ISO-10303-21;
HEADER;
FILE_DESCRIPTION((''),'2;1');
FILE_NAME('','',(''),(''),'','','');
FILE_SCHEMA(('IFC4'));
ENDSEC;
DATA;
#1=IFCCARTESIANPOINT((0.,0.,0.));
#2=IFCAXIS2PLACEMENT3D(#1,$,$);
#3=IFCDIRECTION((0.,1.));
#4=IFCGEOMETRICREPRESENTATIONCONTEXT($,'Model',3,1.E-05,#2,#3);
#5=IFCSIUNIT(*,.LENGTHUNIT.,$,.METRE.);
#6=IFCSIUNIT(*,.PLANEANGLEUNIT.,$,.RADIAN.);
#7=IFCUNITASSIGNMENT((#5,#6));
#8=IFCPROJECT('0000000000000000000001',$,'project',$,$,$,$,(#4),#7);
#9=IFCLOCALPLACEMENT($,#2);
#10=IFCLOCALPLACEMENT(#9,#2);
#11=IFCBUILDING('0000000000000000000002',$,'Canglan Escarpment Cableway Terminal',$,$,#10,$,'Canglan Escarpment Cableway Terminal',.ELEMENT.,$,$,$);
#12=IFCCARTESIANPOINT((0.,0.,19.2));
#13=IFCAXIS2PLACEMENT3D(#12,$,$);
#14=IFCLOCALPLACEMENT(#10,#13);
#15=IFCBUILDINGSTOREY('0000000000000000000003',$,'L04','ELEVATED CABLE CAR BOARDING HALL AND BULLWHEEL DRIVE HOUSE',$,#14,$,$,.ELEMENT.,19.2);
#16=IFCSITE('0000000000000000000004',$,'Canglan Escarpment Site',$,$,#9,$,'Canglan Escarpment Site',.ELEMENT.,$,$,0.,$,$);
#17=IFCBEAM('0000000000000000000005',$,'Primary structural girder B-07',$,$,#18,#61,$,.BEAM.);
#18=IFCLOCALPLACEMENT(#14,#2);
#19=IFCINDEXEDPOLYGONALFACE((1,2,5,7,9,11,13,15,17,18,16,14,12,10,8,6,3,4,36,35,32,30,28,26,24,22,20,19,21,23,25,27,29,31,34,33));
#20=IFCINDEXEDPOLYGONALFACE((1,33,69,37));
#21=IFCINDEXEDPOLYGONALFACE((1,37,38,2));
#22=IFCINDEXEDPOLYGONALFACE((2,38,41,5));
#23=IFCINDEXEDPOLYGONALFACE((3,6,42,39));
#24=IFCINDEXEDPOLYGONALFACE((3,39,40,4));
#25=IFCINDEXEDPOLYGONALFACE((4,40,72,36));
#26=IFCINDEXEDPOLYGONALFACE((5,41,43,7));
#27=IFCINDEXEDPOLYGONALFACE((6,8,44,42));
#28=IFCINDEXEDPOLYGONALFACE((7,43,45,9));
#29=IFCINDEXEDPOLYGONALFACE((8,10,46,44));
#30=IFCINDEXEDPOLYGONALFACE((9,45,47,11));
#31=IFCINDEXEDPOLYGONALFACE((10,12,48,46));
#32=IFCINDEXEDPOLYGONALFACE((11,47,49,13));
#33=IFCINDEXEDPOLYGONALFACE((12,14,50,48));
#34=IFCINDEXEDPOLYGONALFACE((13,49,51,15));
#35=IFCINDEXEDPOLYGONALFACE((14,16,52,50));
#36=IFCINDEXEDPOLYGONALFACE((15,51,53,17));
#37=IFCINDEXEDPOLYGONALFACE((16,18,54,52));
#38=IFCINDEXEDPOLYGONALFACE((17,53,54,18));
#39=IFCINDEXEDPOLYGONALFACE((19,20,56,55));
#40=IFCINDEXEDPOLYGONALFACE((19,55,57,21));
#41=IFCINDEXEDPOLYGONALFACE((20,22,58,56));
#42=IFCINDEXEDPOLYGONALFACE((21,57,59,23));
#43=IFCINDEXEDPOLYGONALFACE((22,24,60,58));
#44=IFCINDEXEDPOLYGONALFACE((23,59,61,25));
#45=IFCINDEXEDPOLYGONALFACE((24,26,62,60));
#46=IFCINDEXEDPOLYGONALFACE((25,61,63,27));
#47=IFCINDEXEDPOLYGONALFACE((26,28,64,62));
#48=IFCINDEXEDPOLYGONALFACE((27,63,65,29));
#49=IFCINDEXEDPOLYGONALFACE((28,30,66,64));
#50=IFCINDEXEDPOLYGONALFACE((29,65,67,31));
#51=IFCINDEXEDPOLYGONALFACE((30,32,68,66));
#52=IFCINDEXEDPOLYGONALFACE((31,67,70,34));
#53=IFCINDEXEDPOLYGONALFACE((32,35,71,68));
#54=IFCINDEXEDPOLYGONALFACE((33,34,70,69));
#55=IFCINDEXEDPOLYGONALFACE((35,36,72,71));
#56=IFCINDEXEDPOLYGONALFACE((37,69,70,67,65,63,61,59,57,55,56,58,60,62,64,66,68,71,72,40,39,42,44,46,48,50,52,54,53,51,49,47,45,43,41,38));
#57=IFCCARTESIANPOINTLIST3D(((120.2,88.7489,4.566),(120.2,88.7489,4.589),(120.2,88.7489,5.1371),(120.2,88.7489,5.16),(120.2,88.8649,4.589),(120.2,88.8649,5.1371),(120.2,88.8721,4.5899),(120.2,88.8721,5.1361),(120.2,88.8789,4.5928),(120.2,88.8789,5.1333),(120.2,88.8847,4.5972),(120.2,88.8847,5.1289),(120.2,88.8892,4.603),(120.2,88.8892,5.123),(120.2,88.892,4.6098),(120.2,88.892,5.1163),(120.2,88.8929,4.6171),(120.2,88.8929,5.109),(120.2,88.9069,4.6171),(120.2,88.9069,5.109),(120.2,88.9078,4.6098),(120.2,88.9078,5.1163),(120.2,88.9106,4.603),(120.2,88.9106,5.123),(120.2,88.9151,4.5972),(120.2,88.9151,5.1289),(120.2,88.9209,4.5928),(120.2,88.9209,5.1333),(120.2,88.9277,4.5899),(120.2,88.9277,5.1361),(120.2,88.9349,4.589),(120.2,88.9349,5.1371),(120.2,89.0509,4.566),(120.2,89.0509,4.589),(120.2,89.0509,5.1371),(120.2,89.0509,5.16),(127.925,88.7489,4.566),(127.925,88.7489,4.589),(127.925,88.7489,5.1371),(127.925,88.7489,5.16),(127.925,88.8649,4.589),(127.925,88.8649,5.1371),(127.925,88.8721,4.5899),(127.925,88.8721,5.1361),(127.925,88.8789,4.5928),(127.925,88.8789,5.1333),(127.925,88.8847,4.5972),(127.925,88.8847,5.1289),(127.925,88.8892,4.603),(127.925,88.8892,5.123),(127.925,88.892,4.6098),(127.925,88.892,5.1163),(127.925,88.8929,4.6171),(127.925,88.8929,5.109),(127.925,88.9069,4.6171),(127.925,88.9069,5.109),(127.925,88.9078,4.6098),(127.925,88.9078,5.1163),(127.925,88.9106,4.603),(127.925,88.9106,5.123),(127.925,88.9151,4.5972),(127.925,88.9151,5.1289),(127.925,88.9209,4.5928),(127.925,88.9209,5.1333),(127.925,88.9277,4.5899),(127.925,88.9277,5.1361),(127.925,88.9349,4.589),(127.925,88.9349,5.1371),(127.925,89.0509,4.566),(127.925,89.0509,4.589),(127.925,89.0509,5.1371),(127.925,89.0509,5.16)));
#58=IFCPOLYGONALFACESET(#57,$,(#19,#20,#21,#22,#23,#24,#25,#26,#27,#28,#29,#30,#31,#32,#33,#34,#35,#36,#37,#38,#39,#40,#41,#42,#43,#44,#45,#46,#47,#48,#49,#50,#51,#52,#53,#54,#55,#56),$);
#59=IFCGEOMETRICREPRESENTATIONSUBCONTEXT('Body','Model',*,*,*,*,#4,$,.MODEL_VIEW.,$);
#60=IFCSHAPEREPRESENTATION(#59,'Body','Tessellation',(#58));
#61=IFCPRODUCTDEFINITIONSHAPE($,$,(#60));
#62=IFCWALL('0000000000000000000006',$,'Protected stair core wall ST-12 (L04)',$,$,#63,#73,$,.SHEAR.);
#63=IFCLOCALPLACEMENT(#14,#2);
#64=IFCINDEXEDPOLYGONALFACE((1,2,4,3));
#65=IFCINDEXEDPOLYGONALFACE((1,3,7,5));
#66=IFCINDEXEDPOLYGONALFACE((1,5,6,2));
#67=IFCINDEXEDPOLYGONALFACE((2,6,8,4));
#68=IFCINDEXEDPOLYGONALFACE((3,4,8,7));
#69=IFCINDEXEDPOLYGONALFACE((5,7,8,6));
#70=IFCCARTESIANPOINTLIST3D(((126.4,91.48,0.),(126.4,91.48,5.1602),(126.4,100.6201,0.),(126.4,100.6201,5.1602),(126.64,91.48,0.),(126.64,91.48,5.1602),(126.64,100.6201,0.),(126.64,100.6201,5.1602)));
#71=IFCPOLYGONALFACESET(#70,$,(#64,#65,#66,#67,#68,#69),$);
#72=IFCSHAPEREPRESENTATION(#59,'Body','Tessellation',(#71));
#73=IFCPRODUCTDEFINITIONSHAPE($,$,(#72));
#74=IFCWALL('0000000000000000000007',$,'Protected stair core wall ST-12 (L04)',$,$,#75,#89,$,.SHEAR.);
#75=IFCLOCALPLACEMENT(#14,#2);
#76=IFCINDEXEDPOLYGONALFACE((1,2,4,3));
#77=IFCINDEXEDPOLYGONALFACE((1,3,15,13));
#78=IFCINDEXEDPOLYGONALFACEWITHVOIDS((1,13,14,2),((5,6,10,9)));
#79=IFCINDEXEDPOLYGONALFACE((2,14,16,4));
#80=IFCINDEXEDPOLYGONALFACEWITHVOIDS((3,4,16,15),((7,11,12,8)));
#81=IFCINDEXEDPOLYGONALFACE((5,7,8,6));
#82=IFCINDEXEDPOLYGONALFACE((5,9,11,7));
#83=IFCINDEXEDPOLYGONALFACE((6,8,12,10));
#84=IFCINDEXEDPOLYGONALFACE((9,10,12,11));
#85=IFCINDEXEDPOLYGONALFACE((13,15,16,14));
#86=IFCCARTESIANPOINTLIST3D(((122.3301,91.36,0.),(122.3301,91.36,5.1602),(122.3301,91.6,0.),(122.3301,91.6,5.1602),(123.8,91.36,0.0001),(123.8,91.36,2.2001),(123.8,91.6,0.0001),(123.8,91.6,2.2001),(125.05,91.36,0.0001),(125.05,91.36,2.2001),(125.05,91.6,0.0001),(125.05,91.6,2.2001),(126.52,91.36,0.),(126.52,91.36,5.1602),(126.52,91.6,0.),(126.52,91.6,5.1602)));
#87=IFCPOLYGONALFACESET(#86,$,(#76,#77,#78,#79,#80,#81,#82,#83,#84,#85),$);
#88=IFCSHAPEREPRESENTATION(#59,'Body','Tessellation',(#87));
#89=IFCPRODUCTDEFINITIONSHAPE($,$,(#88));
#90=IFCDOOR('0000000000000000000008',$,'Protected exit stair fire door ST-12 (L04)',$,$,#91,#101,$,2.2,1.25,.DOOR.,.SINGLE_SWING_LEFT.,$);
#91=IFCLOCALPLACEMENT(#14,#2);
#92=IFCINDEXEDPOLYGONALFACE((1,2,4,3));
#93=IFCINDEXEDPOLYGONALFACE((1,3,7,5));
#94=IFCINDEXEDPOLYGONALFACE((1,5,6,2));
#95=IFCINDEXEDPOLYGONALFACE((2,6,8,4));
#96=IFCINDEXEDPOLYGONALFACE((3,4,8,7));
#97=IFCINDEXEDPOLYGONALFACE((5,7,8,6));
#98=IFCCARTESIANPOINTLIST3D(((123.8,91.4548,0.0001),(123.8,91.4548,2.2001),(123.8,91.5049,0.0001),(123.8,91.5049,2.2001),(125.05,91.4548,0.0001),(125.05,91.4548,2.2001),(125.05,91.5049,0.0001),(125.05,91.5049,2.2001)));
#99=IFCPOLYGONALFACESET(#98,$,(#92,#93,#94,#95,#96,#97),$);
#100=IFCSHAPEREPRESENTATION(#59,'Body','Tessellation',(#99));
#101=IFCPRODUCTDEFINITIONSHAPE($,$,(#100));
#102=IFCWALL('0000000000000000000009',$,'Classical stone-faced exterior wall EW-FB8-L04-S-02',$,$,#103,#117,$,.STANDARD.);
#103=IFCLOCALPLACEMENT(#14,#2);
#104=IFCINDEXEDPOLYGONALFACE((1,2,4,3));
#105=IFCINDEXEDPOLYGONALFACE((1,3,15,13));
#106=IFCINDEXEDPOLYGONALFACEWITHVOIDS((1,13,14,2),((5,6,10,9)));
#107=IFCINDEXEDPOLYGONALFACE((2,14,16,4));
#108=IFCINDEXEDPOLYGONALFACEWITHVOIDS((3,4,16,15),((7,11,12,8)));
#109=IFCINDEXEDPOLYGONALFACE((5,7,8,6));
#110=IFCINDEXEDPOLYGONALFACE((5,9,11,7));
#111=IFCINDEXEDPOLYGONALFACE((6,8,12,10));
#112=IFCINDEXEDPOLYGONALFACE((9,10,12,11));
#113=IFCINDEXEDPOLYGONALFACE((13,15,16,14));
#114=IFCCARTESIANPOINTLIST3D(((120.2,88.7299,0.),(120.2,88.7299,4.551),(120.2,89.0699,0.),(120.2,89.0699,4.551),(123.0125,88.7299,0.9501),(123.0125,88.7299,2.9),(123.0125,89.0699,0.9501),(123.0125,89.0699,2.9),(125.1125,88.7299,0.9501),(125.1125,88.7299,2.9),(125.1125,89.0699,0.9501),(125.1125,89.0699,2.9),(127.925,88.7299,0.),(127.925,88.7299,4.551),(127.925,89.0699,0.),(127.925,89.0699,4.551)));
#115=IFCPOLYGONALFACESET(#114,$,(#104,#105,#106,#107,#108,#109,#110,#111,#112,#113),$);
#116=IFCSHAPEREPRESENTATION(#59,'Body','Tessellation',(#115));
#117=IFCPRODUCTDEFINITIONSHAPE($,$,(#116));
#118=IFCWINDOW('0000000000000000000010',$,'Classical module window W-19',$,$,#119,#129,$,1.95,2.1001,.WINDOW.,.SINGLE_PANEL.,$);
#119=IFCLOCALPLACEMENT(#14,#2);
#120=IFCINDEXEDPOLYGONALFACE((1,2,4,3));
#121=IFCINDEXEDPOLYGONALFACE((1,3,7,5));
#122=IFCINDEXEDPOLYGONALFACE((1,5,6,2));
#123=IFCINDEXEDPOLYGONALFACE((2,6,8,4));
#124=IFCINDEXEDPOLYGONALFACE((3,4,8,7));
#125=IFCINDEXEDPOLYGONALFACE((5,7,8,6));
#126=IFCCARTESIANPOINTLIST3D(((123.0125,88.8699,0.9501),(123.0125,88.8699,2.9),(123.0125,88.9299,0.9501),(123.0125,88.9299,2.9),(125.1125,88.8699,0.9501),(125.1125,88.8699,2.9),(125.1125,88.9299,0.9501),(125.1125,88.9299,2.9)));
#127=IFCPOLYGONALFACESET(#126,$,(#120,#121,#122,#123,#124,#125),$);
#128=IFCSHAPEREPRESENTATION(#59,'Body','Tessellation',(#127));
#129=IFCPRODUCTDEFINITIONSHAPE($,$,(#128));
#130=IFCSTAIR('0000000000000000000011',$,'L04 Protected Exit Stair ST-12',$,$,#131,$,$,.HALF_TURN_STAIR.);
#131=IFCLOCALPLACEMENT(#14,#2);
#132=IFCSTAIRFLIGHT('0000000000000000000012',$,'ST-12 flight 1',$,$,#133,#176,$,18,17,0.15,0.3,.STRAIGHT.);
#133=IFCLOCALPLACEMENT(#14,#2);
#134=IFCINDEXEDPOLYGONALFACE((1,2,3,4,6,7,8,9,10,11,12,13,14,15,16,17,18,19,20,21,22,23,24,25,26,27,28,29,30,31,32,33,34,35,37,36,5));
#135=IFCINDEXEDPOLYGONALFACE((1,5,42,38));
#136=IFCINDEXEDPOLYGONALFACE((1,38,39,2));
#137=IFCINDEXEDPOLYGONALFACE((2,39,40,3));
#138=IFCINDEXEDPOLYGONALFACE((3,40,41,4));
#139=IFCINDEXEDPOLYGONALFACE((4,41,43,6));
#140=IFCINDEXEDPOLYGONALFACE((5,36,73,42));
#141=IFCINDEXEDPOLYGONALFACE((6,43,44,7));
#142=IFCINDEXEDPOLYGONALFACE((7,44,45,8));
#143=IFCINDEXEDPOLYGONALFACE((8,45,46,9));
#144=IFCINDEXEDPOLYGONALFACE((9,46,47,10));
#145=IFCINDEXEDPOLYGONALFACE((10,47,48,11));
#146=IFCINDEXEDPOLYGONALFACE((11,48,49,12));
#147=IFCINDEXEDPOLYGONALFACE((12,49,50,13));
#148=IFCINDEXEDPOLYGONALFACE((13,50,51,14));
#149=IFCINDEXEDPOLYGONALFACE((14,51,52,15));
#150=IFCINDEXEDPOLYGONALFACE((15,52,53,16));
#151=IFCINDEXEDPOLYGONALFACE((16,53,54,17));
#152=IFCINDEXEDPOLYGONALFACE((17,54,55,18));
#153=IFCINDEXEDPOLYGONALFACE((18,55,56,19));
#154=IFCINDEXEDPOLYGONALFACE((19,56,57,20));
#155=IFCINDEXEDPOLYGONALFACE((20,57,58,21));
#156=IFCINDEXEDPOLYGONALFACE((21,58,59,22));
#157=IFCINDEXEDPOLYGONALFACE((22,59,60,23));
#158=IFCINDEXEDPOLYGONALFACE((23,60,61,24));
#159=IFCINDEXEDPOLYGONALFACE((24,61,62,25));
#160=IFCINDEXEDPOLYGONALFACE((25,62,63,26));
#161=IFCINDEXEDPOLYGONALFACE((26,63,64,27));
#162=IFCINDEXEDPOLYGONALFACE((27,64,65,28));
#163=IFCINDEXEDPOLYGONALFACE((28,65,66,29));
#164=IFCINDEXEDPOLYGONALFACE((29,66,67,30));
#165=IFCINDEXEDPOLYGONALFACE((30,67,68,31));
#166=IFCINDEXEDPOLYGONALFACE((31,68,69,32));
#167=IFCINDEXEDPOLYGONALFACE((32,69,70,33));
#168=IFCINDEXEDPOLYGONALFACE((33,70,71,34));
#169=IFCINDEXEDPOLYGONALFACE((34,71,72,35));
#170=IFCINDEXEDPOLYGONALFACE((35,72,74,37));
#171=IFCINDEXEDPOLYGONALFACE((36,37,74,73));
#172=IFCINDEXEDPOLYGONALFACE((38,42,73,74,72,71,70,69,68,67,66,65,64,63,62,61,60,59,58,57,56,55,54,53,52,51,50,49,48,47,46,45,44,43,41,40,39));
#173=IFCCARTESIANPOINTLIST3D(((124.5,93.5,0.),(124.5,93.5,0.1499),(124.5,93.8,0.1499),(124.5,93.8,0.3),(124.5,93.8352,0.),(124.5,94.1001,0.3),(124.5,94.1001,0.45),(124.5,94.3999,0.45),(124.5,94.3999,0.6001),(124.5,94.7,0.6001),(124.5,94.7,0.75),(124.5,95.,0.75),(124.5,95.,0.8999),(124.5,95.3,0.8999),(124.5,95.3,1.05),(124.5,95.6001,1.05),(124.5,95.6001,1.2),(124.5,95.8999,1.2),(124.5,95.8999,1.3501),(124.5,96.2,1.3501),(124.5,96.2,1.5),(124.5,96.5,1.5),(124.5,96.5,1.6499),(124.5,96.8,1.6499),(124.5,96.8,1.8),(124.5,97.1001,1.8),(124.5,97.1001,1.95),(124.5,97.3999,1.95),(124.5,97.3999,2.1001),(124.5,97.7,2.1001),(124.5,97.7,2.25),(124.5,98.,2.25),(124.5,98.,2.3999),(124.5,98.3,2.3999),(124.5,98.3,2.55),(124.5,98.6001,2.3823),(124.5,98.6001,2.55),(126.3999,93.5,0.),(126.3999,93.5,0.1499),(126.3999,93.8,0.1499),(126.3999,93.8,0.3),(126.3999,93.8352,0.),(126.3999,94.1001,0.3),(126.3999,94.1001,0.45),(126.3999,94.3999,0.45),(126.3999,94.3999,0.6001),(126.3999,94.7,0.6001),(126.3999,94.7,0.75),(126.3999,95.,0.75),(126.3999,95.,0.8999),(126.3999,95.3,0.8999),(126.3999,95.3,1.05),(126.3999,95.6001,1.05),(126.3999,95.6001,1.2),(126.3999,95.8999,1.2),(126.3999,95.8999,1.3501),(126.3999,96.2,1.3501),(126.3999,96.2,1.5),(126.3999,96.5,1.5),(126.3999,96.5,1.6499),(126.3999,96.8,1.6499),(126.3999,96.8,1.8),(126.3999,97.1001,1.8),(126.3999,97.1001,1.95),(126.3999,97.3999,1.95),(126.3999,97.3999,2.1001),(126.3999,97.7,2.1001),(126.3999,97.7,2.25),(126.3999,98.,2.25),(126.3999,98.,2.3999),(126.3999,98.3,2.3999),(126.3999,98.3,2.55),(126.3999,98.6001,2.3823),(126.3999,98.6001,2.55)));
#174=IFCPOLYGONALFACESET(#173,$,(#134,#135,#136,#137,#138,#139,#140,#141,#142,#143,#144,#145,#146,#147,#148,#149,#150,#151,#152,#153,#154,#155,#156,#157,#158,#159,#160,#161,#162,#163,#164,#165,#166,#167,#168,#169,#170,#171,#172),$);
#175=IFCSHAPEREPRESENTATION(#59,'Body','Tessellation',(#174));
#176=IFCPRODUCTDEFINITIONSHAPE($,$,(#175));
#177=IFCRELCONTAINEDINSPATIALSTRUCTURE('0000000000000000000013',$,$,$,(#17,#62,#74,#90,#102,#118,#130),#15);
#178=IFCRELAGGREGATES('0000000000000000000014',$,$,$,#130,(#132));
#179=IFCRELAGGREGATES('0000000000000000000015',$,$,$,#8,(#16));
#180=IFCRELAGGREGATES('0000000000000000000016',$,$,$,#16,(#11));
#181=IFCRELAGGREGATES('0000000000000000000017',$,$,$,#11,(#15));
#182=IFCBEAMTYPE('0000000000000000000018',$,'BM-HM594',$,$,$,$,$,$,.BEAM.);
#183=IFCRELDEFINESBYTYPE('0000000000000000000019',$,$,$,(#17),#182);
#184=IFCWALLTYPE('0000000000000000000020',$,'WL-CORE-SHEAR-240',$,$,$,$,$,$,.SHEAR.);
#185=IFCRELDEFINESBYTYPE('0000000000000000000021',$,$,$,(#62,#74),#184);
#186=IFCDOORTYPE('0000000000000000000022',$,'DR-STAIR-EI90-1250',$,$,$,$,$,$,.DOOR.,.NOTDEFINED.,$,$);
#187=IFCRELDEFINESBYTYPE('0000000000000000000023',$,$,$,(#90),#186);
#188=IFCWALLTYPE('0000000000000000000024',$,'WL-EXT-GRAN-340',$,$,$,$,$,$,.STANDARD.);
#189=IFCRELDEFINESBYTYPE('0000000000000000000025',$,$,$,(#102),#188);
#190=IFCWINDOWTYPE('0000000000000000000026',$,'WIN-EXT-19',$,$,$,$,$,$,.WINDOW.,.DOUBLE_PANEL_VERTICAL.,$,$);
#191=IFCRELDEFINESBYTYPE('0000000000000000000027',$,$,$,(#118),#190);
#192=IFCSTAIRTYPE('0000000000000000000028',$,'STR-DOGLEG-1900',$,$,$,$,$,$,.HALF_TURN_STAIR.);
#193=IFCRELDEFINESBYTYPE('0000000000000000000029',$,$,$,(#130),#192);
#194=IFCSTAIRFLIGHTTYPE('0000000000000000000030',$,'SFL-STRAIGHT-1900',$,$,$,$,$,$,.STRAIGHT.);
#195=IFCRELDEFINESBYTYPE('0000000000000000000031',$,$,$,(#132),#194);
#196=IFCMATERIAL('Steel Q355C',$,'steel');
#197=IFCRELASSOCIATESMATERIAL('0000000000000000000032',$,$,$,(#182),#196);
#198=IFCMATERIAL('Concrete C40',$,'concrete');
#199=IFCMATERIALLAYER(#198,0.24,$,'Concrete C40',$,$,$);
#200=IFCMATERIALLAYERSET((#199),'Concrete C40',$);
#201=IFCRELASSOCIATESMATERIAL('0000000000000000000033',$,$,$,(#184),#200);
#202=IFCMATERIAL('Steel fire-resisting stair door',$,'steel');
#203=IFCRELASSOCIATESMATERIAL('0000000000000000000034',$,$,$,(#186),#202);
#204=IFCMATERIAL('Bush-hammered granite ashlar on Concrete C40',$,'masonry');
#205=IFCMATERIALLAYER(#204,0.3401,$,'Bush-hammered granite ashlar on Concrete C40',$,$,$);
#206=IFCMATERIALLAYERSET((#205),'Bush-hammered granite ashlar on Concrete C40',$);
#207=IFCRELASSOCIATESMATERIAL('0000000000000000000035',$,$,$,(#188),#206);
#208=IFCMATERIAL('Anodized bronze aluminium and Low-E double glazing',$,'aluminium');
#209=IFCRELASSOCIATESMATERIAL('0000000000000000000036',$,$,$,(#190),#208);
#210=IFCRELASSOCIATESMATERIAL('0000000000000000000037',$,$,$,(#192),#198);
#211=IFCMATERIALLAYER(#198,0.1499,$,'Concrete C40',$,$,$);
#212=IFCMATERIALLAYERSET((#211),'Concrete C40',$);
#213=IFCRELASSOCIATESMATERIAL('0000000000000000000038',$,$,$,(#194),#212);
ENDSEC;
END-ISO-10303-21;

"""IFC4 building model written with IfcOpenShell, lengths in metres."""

from ifc_helpers import new_model, si_unit, direction, frame, frame_2d, origin, origin_2d, place, context, subcontext, project, spatial, polyline, rectangle, i_section, outline, extrude, material, layer, layer_set, material_profile, profile_set, type_object, element, fill, aggregate, save


model = new_model("IFC4")

# Units and contexts
model_context = context("Model", 3, precision=1e-05, world=origin(), true_north=direction((0.0, 1.0)))
body_context = subcontext(model_context, "Body", "Model", "MODEL_VIEW")
ifc_project = project(units=[si_unit("LENGTHUNIT", "METRE"), si_unit("PLANEANGLEUNIT", "RADIAN")], contexts=[model_context])

# Site, building, storey
site_placement = place(None, origin())
site = spatial("IfcSite", under=ifc_project, at=site_placement, Name="Canglan Escarpment Site", LongName="Canglan Escarpment Site", CompositionType="ELEMENT", RefElevation=0.0)
building_placement = place(site_placement, origin())
building = spatial("IfcBuilding", under=site, at=building_placement, Name="Canglan Escarpment Cableway Terminal", LongName="Canglan Escarpment Cableway Terminal", CompositionType="ELEMENT")
storey_placement = place(building_placement, frame((0.0, 0.0, 19.2)))
storey = spatial("IfcBuildingStorey", under=building, at=storey_placement, Name="L04", Description="ELEVATED CABLE CAR BOARDING HALL AND BULLWHEEL DRIVE HOUSE", CompositionType="ELEMENT", Elevation=19.2)

# Shared definitions
ifc_material_1 = material(Name="Concrete C40", Category="concrete")

# Beam
ifc_material_2 = material(Name="Steel Q355C", Category="steel")
ifc_material_profile_1 = material_profile(ifc_material_2, i_section(OverallWidth=0.302, OverallDepth=0.594, WebThickness=0.0139, FlangeThickness=0.0229, FilletRadius=0.0281, at=origin_2d()), Name="HM 594x302x14x23")
ifc_profile_set_1 = profile_set([ifc_material_profile_1], Name="Steel Q355C")
beam_type_1 = type_object("IfcBeamType", Name="BM-HM594", PredefinedType="BEAM", material=ifc_profile_set_1)
beam_1_placement = place(storey_placement, frame((120.2, 88.8999, 4.863), z_axis=(1.0, 0.0, 0.0), x_axis=(0.0, 1.0, 0.0)))
element("IfcBeam", 1, at=beam_1_placement, inside=storey, type_object=beam_type_1, Name="Primary structural girder B-07", PredefinedType="BEAM", context=body_context, shape_type="SweptSolid", body=[
    extrude(i_section(OverallWidth=0.302, OverallDepth=0.594, WebThickness=0.0139, FlangeThickness=0.0229, FilletRadius=0.0281, at=origin_2d()), origin(), (0.0, 0.0, 1.0), 7.7251),
])

# Wall
ifc_layer_1 = layer(ifc_material_1, 0.24, Name="Concrete C40")
ifc_layer_set_1 = layer_set([ifc_layer_1], Name="Concrete C40")
wall_type_1 = type_object("IfcWallType", Name="WL-CORE-SHEAR-240", PredefinedType="SHEAR", material=ifc_layer_set_1)
wall_1_placement = place(storey_placement, frame((126.52, 91.48, 0.0), z_axis=(0.0, 0.0, 1.0), x_axis=(0.0, 1.0, 0.0)))
element("IfcWall", 2, at=wall_1_placement, inside=storey, type_object=wall_type_1, Name="Protected stair core wall ST-12 (L04)", PredefinedType="SHEAR", context=body_context, shape_type="SweptSolid", body=[
    extrude(rectangle(XDim=9.1401, YDim=0.24, at=frame_2d((4.5701, 0.0))), origin(), (0.0, 0.0, 1.0), 5.1602),
])

# Wall, opening, door
wall_2_placement = place(storey_placement, frame((122.3301, 91.48, 0.0), z_axis=(0.0, 0.0, 1.0), x_axis=(1.0, 0.0, 0.0)))
wall_2 = element("IfcWall", 3, at=wall_2_placement, inside=storey, type_object=wall_type_1, Name="Protected stair core wall ST-12 (L04)", PredefinedType="SHEAR", context=body_context, shape_type="SweptSolid", body=[
    extrude(rectangle(XDim=4.1899, YDim=0.24, at=frame_2d((2.095, 0.0))), origin(), (0.0, 0.0, 1.0), 5.1602),
])
opening_1_placement = place(wall_2_placement, frame((1.47, 0.0, 0.0)))
opening_1 = element("IfcOpeningElement", 4, at=opening_1_placement, cuts=wall_2, PredefinedType="OPENING", context=body_context, shape_type="SweptSolid", body=[
    extrude(rectangle(XDim=1.25, YDim=2.2, at=frame_2d((0.625, 1.1001))), frame((0.0, 0.1299, 0.0), z_axis=(0.0, -1.0, 0.0), x_axis=(1.0, 0.0, 0.0)), (0.0, 0.0, 1.0), 0.26),
])
ifc_material_3 = material(Name="Steel fire-resisting stair door", Category="steel")
door_type = type_object("IfcDoorType", Name="DR-STAIR-EI90-1250", OperationType="NOTDEFINED", PredefinedType="DOOR", material=ifc_material_3)
door_placement = place(opening_1_placement, origin())
door = element("IfcDoor", 5, at=door_placement, inside=storey, type_object=door_type, Name="Protected exit stair fire door ST-12 (L04)", OperationType="SINGLE_SWING_LEFT", OverallHeight=2.2, OverallWidth=1.25, PredefinedType="DOOR", context=body_context, shape_type="SweptSolid", body=[
    extrude(rectangle(XDim=1.25, YDim=2.2, at=frame_2d((0.625, 1.1001))), frame((0.0, 0.0249, 0.0), z_axis=(0.0, -1.0, 0.0), x_axis=(1.0, 0.0, 0.0)), (0.0, 0.0, 1.0), 0.05),
])
fill(opening_1, door)

# Wall, opening, window
ifc_material_4 = material(Name="Bush-hammered granite ashlar on Concrete C40", Category="masonry")
ifc_layer_2 = layer(ifc_material_4, 0.3401, Name="Bush-hammered granite ashlar on Concrete C40")
ifc_layer_set_2 = layer_set([ifc_layer_2], Name="Bush-hammered granite ashlar on Concrete C40")
wall_type_2 = type_object("IfcWallType", Name="WL-EXT-GRAN-340", PredefinedType="STANDARD", material=ifc_layer_set_2)
wall_3_placement = place(storey_placement, frame((120.2, 88.8999, 0.0), z_axis=(0.0, 0.0, 1.0), x_axis=(1.0, 0.0, 0.0)))
wall_3 = element("IfcWall", 6, at=wall_3_placement, inside=storey, type_object=wall_type_2, Name="Classical stone-faced exterior wall EW-FB8-L04-S-02", PredefinedType="STANDARD", context=body_context, shape_type="SweptSolid", body=[
    extrude(rectangle(XDim=7.7251, YDim=0.3401, at=frame_2d((3.8625, 0.0))), origin(), (0.0, 0.0, 1.0), 4.551),
])
opening_2_placement = place(wall_3_placement, frame((2.8125, 0.0, 0.95)))
opening_2 = element("IfcOpeningElement", 7, at=opening_2_placement, cuts=wall_3, PredefinedType="OPENING", context=body_context, shape_type="SweptSolid", body=[
    extrude(rectangle(XDim=2.1001, YDim=1.95, at=frame_2d((1.05, 0.9751))), frame((0.0, 0.1802, 0.0), z_axis=(0.0, -1.0, 0.0), x_axis=(1.0, 0.0, 0.0)), (0.0, 0.0, 1.0), 0.3601),
])
ifc_material_5 = material(Name="Anodized bronze aluminium and Low-E double glazing", Category="aluminium")
window_type = type_object("IfcWindowType", Name="WIN-EXT-19", PartitioningType="DOUBLE_PANEL_VERTICAL", PredefinedType="WINDOW", material=ifc_material_5)
window_placement = place(opening_2_placement, origin())
window = element("IfcWindow", 8, at=window_placement, inside=storey, type_object=window_type, Name="Classical module window W-19", OverallHeight=1.95, OverallWidth=2.1001, PartitioningType="SINGLE_PANEL", PredefinedType="WINDOW", context=body_context, shape_type="SweptSolid", body=[
    extrude(rectangle(XDim=2.1001, YDim=1.95, at=frame_2d((1.05, 0.9751))), frame((0.0, 0.03, 0.0), z_axis=(0.0, -1.0, 0.0), x_axis=(1.0, 0.0, 0.0)), (0.0, 0.0, 1.0), 0.0601),
])
fill(opening_2, window)

# Stair, stair flight
stair_type = type_object("IfcStairType", Name="STR-DOGLEG-1900", PredefinedType="HALF_TURN_STAIR", material=ifc_material_1)
stair_placement = place(storey_placement, origin())
stair = element("IfcStair", 9, at=stair_placement, inside=storey, type_object=stair_type, Name="L04 Protected Exit Stair ST-12", PredefinedType="HALF_TURN_STAIR")
ifc_layer_3 = layer(ifc_material_1, 0.1499, Name="Concrete C40")
ifc_layer_set_3 = layer_set([ifc_layer_3], Name="Concrete C40")
stair_flight_type = type_object("IfcStairFlightType", Name="SFL-STRAIGHT-1900", PredefinedType="STRAIGHT", material=ifc_layer_set_3)
stair_flight_1_placement = place(storey_placement, frame((125.45, 93.5, 0.0), z_axis=(0.0, 0.0, 1.0), x_axis=(0.0, 1.0, 0.0)))
stair_flight_1 = element("IfcStairFlight", 10, at=stair_flight_1_placement, type_object=stair_flight_type, Name="ST-12 flight 1", NumberOfRisers=18, NumberOfTreads=17, PredefinedType="STRAIGHT", RiserHeight=0.15, TreadLength=0.3, context=body_context, shape_type="SweptSolid", body=[
    extrude(outline(polyline([(0.0, 0.0), (0.0, 0.1499), (0.3, 0.1499), (0.3, 0.3), (0.6001, 0.3), (0.6001, 0.45), (0.8999, 0.45), (0.8999, 0.6001), (1.2, 0.6001), (1.2, 0.75), (1.5, 0.75), (1.5, 0.8999), (1.8, 0.8999), (1.8, 1.05), (2.1001, 1.05), (2.1001, 1.2), (2.3999, 1.2), (2.3999, 1.3501), (2.7, 1.3501), (2.7, 1.5), (3.0, 1.5), (3.0, 1.6499), (3.3, 1.6499), (3.3, 1.8), (3.6001, 1.8), (3.6001, 1.95), (3.8999, 1.95), (3.8999, 2.1001), (4.2, 2.1001), (4.2, 2.25), (4.5, 2.25), (4.5, 2.3999), (4.8, 2.3999), (4.8, 2.55), (5.1001, 2.55), (5.1001, 2.7), (5.1001, 2.3823), (0.3352, 0.0), (0.0, 0.0)])), frame((0.0, 0.95, 0.0), z_axis=(0.0, -1.0, 0.0), x_axis=(1.0, 0.0, 0.0)), (0.0, 0.0, 1.0), 1.8999),
])
aggregate(stair, [stair_flight_1])

save(model, "model.ifc")
